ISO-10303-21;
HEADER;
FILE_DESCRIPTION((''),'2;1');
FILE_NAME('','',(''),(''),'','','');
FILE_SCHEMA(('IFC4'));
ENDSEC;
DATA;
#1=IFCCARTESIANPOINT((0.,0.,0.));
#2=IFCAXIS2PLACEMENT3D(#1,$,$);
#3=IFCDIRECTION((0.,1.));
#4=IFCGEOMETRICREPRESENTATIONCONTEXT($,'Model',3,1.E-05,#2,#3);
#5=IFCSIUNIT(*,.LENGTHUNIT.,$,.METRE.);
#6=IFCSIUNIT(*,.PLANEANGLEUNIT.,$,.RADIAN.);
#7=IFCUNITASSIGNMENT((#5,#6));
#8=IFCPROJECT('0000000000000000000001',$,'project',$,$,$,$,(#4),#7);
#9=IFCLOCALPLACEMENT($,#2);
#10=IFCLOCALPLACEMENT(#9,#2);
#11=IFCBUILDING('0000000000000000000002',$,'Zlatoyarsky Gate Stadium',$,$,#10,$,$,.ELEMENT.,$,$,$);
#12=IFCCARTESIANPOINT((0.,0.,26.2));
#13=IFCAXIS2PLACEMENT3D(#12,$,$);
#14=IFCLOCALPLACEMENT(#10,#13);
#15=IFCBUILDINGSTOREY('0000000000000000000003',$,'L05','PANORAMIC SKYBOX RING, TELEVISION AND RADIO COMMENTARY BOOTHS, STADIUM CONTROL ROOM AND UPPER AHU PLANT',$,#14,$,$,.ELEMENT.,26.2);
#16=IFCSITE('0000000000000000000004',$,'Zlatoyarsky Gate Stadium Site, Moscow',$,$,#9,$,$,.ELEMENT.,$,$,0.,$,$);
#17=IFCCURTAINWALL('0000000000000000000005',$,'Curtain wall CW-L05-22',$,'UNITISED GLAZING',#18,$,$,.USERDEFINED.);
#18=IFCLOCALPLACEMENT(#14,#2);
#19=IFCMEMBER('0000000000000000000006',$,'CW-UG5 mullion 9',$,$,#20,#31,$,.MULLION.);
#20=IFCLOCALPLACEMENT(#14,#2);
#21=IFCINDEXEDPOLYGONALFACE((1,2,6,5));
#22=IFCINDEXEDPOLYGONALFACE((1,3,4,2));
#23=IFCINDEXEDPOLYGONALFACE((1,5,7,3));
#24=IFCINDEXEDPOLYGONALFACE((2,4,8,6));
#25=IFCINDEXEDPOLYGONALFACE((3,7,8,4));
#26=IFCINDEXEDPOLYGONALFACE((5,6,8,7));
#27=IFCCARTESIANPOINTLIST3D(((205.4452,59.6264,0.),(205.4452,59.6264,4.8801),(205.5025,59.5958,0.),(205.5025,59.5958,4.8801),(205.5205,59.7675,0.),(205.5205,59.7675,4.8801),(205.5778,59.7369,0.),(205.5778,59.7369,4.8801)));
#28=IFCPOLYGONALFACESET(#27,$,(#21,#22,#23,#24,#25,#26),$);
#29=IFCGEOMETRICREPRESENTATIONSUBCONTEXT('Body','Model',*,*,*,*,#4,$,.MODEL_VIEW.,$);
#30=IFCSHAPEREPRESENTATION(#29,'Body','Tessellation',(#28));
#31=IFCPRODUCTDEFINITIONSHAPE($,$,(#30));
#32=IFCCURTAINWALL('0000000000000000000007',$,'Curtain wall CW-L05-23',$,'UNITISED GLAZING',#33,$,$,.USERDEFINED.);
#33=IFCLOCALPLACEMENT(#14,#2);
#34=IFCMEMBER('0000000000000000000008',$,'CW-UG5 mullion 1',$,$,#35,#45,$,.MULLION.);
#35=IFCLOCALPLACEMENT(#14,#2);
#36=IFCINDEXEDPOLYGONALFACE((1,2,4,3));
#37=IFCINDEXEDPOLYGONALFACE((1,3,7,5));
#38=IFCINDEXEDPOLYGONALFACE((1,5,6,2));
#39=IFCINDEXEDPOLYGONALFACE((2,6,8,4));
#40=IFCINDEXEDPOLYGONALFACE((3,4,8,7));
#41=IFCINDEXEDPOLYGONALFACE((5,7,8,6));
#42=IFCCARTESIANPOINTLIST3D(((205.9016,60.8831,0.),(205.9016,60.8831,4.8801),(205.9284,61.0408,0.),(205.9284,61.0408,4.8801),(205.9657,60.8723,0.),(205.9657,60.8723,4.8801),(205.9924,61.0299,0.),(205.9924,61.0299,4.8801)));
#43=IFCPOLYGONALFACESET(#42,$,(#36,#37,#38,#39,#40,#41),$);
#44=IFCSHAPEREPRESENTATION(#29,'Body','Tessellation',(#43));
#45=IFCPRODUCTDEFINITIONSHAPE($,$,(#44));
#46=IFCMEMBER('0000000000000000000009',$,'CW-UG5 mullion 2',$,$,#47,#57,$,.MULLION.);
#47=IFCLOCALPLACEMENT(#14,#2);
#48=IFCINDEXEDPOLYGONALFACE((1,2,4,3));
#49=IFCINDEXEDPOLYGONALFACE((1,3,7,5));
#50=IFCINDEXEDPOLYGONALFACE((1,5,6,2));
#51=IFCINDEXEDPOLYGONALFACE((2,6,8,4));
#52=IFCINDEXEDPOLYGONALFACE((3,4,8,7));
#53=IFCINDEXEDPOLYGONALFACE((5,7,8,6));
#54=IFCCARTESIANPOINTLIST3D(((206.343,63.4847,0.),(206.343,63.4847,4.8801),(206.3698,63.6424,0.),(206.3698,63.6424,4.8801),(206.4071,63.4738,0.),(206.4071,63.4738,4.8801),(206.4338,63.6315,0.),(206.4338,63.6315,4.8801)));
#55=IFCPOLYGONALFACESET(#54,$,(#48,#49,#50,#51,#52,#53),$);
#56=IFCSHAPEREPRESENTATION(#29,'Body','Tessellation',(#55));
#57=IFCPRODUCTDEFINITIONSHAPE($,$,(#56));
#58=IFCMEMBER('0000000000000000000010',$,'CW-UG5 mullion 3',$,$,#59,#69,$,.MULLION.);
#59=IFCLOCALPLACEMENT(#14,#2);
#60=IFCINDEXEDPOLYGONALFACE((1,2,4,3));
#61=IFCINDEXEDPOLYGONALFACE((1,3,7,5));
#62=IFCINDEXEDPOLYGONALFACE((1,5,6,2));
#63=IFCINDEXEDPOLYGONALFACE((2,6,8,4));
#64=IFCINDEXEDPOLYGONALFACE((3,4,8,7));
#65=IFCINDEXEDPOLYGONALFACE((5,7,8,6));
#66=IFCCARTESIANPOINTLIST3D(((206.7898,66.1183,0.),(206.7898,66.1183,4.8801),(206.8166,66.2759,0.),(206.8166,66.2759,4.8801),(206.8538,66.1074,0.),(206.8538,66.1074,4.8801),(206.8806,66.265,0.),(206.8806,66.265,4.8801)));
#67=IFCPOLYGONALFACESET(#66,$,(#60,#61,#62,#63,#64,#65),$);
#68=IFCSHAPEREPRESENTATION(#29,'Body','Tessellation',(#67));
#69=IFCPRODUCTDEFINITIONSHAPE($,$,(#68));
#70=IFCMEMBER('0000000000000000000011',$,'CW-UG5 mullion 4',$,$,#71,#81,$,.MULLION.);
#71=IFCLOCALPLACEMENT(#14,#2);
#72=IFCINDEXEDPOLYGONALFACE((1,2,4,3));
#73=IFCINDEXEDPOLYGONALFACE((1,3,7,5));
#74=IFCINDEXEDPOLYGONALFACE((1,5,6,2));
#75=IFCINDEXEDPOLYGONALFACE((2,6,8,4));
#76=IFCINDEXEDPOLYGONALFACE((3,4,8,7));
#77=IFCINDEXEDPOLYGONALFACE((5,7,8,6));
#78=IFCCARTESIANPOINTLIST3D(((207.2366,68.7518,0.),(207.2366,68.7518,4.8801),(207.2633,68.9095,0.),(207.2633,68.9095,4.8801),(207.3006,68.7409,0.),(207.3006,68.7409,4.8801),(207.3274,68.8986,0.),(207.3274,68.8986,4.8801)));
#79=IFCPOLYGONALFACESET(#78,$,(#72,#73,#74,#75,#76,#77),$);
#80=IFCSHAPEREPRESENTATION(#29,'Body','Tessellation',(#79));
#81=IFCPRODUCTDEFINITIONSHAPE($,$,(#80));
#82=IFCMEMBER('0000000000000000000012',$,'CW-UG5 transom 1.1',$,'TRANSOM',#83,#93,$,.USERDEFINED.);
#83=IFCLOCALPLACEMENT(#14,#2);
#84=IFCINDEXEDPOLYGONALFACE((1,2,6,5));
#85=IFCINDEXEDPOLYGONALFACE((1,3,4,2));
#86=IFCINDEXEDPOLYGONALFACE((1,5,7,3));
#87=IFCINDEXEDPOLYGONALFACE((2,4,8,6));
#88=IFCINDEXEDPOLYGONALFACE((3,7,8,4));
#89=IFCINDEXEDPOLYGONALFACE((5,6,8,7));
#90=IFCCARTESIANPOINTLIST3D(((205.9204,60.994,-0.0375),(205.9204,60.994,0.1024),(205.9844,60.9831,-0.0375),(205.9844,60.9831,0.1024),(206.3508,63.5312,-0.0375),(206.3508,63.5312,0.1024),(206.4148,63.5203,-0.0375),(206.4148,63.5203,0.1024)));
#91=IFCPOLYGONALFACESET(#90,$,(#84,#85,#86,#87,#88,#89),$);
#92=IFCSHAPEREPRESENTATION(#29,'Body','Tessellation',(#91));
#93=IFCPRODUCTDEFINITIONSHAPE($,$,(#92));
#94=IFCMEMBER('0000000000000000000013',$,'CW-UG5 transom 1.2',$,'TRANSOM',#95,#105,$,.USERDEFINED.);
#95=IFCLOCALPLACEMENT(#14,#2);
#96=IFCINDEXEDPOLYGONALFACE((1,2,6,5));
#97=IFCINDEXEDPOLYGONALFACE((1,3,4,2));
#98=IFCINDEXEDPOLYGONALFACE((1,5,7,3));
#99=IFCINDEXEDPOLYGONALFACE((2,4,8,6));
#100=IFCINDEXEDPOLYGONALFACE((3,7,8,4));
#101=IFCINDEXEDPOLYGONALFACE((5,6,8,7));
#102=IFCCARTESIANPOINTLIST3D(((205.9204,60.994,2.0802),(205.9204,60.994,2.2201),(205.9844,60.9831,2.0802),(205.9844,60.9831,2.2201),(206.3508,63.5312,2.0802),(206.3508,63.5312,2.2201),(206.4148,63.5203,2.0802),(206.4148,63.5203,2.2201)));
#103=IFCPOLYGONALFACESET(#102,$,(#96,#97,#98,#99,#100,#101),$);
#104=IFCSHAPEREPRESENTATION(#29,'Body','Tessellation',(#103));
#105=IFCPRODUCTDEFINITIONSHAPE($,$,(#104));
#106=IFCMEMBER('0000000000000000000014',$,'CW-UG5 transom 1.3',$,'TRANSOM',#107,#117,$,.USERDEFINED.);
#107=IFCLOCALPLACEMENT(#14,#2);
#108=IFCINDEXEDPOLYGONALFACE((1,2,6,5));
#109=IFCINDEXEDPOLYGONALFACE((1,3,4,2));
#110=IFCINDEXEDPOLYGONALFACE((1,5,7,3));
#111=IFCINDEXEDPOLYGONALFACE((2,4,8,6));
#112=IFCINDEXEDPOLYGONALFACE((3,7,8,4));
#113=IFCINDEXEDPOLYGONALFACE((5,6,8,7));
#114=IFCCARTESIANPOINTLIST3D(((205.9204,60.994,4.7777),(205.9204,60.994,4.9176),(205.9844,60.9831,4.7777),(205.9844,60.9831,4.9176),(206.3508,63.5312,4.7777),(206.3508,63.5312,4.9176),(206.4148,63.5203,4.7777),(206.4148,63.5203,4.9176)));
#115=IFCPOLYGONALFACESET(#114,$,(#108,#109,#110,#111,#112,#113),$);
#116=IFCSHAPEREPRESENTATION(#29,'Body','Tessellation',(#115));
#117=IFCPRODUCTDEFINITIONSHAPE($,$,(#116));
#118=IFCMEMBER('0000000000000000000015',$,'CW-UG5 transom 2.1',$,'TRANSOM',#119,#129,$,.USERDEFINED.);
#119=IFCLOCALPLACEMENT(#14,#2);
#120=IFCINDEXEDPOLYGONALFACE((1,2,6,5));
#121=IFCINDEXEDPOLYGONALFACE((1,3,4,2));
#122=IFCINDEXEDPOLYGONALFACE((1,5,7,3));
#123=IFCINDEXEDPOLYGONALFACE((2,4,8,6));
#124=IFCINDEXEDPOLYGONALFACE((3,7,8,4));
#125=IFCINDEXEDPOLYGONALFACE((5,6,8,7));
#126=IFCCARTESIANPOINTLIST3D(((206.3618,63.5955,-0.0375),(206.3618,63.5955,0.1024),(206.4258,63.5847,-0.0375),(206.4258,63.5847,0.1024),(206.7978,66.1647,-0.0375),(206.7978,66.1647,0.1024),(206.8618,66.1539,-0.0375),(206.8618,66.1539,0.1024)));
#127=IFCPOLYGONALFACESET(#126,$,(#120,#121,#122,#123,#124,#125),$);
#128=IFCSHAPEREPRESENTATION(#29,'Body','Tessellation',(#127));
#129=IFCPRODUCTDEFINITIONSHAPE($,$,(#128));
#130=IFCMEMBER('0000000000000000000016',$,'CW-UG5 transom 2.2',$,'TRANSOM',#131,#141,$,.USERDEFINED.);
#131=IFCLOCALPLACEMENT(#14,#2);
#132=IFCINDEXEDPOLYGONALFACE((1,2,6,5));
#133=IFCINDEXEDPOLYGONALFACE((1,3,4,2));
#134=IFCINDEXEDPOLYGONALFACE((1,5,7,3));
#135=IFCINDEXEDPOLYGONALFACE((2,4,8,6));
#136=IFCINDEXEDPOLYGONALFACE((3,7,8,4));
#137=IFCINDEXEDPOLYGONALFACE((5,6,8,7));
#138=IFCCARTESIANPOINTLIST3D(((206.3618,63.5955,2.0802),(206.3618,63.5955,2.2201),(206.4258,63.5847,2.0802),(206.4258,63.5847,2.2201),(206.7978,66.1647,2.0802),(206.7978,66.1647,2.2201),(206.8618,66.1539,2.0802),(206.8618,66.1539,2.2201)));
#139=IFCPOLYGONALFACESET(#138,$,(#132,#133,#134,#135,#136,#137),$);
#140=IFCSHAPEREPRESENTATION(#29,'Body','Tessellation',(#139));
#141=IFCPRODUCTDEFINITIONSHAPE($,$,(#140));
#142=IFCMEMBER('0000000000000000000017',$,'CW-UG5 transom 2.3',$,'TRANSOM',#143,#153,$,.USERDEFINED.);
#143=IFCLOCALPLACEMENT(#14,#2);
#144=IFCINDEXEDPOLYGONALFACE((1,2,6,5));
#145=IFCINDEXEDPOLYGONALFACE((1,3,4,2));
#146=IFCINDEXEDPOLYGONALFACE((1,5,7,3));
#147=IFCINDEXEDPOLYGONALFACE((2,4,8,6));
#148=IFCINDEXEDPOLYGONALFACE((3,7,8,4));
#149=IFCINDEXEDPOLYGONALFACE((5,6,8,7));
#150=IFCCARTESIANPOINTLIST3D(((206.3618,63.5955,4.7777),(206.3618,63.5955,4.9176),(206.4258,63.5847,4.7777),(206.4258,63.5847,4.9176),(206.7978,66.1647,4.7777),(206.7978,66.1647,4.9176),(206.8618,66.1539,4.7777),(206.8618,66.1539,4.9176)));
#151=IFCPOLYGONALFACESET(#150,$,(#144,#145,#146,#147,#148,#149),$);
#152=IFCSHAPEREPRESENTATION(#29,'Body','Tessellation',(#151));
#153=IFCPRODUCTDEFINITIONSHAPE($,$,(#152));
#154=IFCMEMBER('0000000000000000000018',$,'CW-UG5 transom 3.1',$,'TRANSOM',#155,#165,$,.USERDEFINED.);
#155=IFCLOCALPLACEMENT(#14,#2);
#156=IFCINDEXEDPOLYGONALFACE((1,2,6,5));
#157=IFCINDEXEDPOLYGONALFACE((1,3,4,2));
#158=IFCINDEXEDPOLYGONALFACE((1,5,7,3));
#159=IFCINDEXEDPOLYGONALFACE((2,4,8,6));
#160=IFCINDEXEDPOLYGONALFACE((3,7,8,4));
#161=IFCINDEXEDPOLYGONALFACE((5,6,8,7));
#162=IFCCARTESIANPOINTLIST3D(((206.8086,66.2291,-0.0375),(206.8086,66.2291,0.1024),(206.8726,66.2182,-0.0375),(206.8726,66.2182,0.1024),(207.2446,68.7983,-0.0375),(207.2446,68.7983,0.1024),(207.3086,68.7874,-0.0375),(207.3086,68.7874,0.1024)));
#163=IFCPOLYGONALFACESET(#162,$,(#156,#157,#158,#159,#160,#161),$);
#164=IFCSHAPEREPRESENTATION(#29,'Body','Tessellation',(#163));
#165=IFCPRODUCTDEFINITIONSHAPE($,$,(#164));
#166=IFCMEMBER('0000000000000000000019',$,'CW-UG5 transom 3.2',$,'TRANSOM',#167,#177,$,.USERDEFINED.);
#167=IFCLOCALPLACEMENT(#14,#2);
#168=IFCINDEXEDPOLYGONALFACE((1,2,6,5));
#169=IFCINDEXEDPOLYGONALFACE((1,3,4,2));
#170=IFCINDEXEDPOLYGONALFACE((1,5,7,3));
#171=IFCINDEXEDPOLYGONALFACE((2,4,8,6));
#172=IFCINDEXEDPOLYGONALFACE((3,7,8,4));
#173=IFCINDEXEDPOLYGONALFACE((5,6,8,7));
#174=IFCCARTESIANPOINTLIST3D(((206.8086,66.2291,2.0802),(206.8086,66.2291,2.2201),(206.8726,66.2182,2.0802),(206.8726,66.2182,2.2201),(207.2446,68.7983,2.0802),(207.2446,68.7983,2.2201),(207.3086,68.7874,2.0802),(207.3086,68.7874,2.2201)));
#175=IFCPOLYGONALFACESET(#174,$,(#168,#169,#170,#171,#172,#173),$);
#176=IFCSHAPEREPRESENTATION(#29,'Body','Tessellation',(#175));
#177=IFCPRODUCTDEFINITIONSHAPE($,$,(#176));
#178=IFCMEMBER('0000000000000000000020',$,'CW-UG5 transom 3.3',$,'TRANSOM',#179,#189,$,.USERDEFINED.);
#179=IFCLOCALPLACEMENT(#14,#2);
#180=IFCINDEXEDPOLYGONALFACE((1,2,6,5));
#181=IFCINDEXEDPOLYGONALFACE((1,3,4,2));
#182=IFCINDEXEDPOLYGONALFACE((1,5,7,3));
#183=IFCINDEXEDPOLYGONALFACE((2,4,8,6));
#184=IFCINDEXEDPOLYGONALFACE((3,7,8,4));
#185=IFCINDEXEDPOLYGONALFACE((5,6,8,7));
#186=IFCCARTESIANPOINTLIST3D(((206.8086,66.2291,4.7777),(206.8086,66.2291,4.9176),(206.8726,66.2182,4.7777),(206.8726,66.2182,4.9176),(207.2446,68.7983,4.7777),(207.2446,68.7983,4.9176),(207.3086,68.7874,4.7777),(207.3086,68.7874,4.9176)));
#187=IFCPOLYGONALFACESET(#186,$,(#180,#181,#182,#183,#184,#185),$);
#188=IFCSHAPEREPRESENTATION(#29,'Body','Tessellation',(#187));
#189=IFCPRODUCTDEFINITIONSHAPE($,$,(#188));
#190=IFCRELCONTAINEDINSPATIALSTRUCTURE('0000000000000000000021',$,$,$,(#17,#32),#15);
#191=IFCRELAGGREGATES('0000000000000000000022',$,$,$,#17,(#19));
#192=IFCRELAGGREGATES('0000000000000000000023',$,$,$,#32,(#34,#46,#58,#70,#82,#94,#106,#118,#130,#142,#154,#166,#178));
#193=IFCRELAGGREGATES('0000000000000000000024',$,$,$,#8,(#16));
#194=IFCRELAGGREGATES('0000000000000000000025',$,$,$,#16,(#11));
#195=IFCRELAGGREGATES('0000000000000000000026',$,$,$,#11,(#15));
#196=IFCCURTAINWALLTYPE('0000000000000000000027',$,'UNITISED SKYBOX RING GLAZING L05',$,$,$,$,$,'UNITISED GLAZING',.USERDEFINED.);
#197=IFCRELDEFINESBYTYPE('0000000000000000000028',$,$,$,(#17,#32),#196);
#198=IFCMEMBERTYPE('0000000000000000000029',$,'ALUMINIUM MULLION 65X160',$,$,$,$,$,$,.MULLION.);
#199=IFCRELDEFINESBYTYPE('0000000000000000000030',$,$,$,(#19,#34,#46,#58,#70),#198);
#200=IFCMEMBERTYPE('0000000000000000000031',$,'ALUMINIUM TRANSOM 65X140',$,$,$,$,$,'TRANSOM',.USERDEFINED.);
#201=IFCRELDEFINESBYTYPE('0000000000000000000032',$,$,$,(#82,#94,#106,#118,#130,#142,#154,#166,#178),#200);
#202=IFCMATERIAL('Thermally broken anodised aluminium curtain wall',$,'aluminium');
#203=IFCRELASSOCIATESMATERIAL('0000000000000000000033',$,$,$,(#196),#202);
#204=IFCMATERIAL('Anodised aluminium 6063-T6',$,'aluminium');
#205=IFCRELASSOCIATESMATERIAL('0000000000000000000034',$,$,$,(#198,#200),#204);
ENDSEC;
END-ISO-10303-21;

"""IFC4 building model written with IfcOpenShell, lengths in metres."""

from ifc_helpers import new_model, si_unit, direction, frame, origin, origin_2d, place, context, subcontext, project, spatial, rectangle, extrude, material, material_profile, profile_set, type_object, element, aggregate, save


model = new_model("IFC4")

# Units and contexts
model_context = context("Model", 3, precision=1e-05, world=origin(), true_north=direction((0.0, 1.0)))
body_context = subcontext(model_context, "Body", "Model", "MODEL_VIEW")
ifc_project = project(units=[si_unit("LENGTHUNIT", "METRE"), si_unit("PLANEANGLEUNIT", "RADIAN")], contexts=[model_context])

# Site, building, storey
site_placement = place(None, origin())
site = spatial("IfcSite", under=ifc_project, at=site_placement, Name="Zlatoyarsky Gate Stadium Site, Moscow", CompositionType="ELEMENT", RefElevation=0.0)
building_placement = place(site_placement, origin())
building = spatial("IfcBuilding", under=site, at=building_placement, Name="Zlatoyarsky Gate Stadium", CompositionType="ELEMENT")
storey_placement = place(building_placement, frame((0.0, 0.0, 26.2)))
storey = spatial("IfcBuildingStorey", under=building, at=storey_placement, Name="L05", Description="PANORAMIC SKYBOX RING, TELEVISION AND RADIO COMMENTARY BOOTHS, STADIUM CONTROL ROOM AND UPPER AHU PLANT", CompositionType="ELEMENT", Elevation=26.2)

# Curtain wall, member
ifc_material_1 = material(Name="Thermally broken anodised aluminium curtain wall", Category="aluminium")
curtain_wall_type = type_object("IfcCurtainWallType", Name="UNITISED SKYBOX RING GLAZING L05", ElementType="UNITISED GLAZING", PredefinedType="USERDEFINED", material=ifc_material_1)
curtain_wall_1_placement = place(storey_placement, origin())
curtain_wall_1 = element("IfcCurtainWall", 1, at=curtain_wall_1_placement, inside=storey, type_object=curtain_wall_type, Name="Curtain wall CW-L05-22", ObjectType="UNITISED GLAZING", PredefinedType="USERDEFINED")
ifc_material_2 = material(Name="Anodised aluminium 6063-T6", Category="aluminium")
ifc_material_profile_1 = material_profile(ifc_material_2, rectangle(XDim=0.0649, YDim=0.1599, at=origin_2d()), Name="ALU 65X160")
ifc_profile_set_1 = profile_set([ifc_material_profile_1], Name="Anodised aluminium 6063-T6")
member_type_1 = type_object("IfcMemberType", Name="ALUMINIUM MULLION 65X160", PredefinedType="MULLION", material=ifc_profile_set_1)
member_1_placement = place(storey_placement, frame((205.5115, 59.6816, 0.0), z_axis=(0.0, 0.0, 1.0), x_axis=(-0.882168, 0.470935, 0.0)))
member_1 = element("IfcMember", 2, at=member_1_placement, type_object=member_type_1, Name="CW-UG5 mullion 9", PredefinedType="MULLION", context=body_context, shape_type="SweptSolid", body=[
    extrude(rectangle(XDim=0.0649, YDim=0.1599, at=origin_2d()), origin(), (0.0, 0.0, 1.0), 4.8801),
])

# Curtain wall, members
curtain_wall_2_placement = place(storey_placement, origin())
curtain_wall_2 = element("IfcCurtainWall", 3, at=curtain_wall_2_placement, inside=storey, type_object=curtain_wall_type, Name="Curtain wall CW-L05-23", ObjectType="UNITISED GLAZING", PredefinedType="USERDEFINED")
member_2_placement = place(storey_placement, frame((205.947, 60.9565, 0.0), z_axis=(0.0, 0.0, 1.0), x_axis=(-0.985909, 0.167284, 0.0)))
member_2 = element("IfcMember", 4, at=member_2_placement, type_object=member_type_1, Name="CW-UG5 mullion 1", PredefinedType="MULLION", context=body_context, shape_type="SweptSolid", body=[
    extrude(rectangle(XDim=0.0649, YDim=0.1599, at=origin_2d()), origin(), (0.0, 0.0, 1.0), 4.8801),
])
member_3_placement = place(storey_placement, frame((206.3884, 63.5581, 0.0), z_axis=(0.0, 0.0, 1.0), x_axis=(-0.985909, 0.167284, 0.0)))
member_3 = element("IfcMember", 5, at=member_3_placement, type_object=member_type_1, Name="CW-UG5 mullion 2", PredefinedType="MULLION", context=body_context, shape_type="SweptSolid", body=[
    extrude(rectangle(XDim=0.0649, YDim=0.1599, at=origin_2d()), origin(), (0.0, 0.0, 1.0), 4.8801),
])
member_4_placement = place(storey_placement, frame((206.8352, 66.1917, 0.0), z_axis=(0.0, 0.0, 1.0), x_axis=(-0.985909, 0.167284, 0.0)))
member_4 = element("IfcMember", 6, at=member_4_placement, type_object=member_type_1, Name="CW-UG5 mullion 3", PredefinedType="MULLION", context=body_context, shape_type="SweptSolid", body=[
    extrude(rectangle(XDim=0.0649, YDim=0.1599, at=origin_2d()), origin(), (0.0, 0.0, 1.0), 4.8801),
])
member_5_placement = place(storey_placement, frame((207.282, 68.8252, 0.0), z_axis=(0.0, 0.0, 1.0), x_axis=(-0.985909, 0.167284, 0.0)))
member_5 = element("IfcMember", 7, at=member_5_placement, type_object=member_type_1, Name="CW-UG5 mullion 4", PredefinedType="MULLION", context=body_context, shape_type="SweptSolid", body=[
    extrude(rectangle(XDim=0.0649, YDim=0.1599, at=origin_2d()), origin(), (0.0, 0.0, 1.0), 4.8801),
])
ifc_material_profile_2 = material_profile(ifc_material_2, rectangle(XDim=0.0649, YDim=0.1399, at=origin_2d()), Name="ALU 65X140")
ifc_profile_set_2 = profile_set([ifc_material_profile_2], Name="Anodised aluminium 6063-T6")
member_type_2 = type_object("IfcMemberType", Name="ALUMINIUM TRANSOM 65X140", ElementType="TRANSOM", PredefinedType="USERDEFINED", material=ifc_profile_set_2)
member_6_placement = place(storey_placement, frame((205.9524, 60.9885, 0.0325), z_axis=(0.167244, 0.985916, 0.0), x_axis=(-0.985916, 0.167244, 0.0)))
member_6 = element("IfcMember", 8, at=member_6_placement, type_object=member_type_2, Name="CW-UG5 transom 1.1", ObjectType="TRANSOM", PredefinedType="USERDEFINED", context=body_context, shape_type="SweptSolid", body=[
    extrude(rectangle(XDim=0.0649, YDim=0.1399, at=origin_2d()), origin(), (0.0, 0.0, 1.0), 2.5735),
])
member_7_placement = place(storey_placement, frame((205.9524, 60.9885, 2.1501), z_axis=(0.167244, 0.985916, 0.0), x_axis=(-0.985916, 0.167244, 0.0)))
member_7 = element("IfcMember", 9, at=member_7_placement, type_object=member_type_2, Name="CW-UG5 transom 1.2", ObjectType="TRANSOM", PredefinedType="USERDEFINED", context=body_context, shape_type="SweptSolid", body=[
    extrude(rectangle(XDim=0.0649, YDim=0.1399, at=origin_2d()), origin(), (0.0, 0.0, 1.0), 2.5735),
])
member_8_placement = place(storey_placement, frame((205.9524, 60.9885, 4.8477), z_axis=(0.167244, 0.985916, 0.0), x_axis=(-0.985916, 0.167244, 0.0)))
member_8 = element("IfcMember", 10, at=member_8_placement, type_object=member_type_2, Name="CW-UG5 transom 1.3", ObjectType="TRANSOM", PredefinedType="USERDEFINED", context=body_context, shape_type="SweptSolid", body=[
    extrude(rectangle(XDim=0.0649, YDim=0.1399, at=origin_2d()), origin(), (0.0, 0.0, 1.0), 2.5735),
])
member_9_placement = place(storey_placement, frame((206.3938, 63.5901, 0.0325), z_axis=(0.167315, 0.985903, 0.0), x_axis=(-0.985903, 0.167315, 0.0)))
member_9 = element("IfcMember", 11, at=member_9_placement, type_object=member_type_2, Name="CW-UG5 transom 2.1", ObjectType="TRANSOM", PredefinedType="USERDEFINED", context=body_context, shape_type="SweptSolid", body=[
    extrude(rectangle(XDim=0.0649, YDim=0.1399, at=origin_2d()), origin(), (0.0, 0.0, 1.0), 2.606),
])
member_10_placement = place(storey_placement, frame((206.3938, 63.5901, 2.1501), z_axis=(0.167315, 0.985903, 0.0), x_axis=(-0.985903, 0.167315, 0.0)))
member_10 = element("IfcMember", 12, at=member_10_placement, type_object=member_type_2, Name="CW-UG5 transom 2.2", ObjectType="TRANSOM", PredefinedType="USERDEFINED", context=body_context, shape_type="SweptSolid", body=[
    extrude(rectangle(XDim=0.0649, YDim=0.1399, at=origin_2d()), origin(), (0.0, 0.0, 1.0), 2.606),
])
member_11_placement = place(storey_placement, frame((206.3938, 63.5901, 4.8477), z_axis=(0.167315, 0.985903, 0.0), x_axis=(-0.985903, 0.167315, 0.0)))
member_11 = element("IfcMember", 13, at=member_11_placement, type_object=member_type_2, Name="CW-UG5 transom 2.3", ObjectType="TRANSOM", PredefinedType="USERDEFINED", context=body_context, shape_type="SweptSolid", body=[
    extrude(rectangle(XDim=0.0649, YDim=0.1399, at=origin_2d()), origin(), (0.0, 0.0, 1.0), 2.606),
])
member_12_placement = place(storey_placement, frame((206.8406, 66.2236, 0.0325), z_axis=(0.167315, 0.985903, 0.0), x_axis=(-0.985903, 0.167315, 0.0)))
member_12 = element("IfcMember", 14, at=member_12_placement, type_object=member_type_2, Name="CW-UG5 transom 3.1", ObjectType="TRANSOM", PredefinedType="USERDEFINED", context=body_context, shape_type="SweptSolid", body=[
    extrude(rectangle(XDim=0.0649, YDim=0.1399, at=origin_2d()), origin(), (0.0, 0.0, 1.0), 2.606),
])
member_13_placement = place(storey_placement, frame((206.8406, 66.2236, 2.1501), z_axis=(0.167315, 0.985903, 0.0), x_axis=(-0.985903, 0.167315, 0.0)))
member_13 = element("IfcMember", 15, at=member_13_placement, type_object=member_type_2, Name="CW-UG5 transom 3.2", ObjectType="TRANSOM", PredefinedType="USERDEFINED", context=body_context, shape_type="SweptSolid", body=[
    extrude(rectangle(XDim=0.0649, YDim=0.1399, at=origin_2d()), origin(), (0.0, 0.0, 1.0), 2.606),
])
member_14_placement = place(storey_placement, frame((206.8406, 66.2236, 4.8477), z_axis=(0.167315, 0.985903, 0.0), x_axis=(-0.985903, 0.167315, 0.0)))
member_14 = element("IfcMember", 16, at=member_14_placement, type_object=member_type_2, Name="CW-UG5 transom 3.3", ObjectType="TRANSOM", PredefinedType="USERDEFINED", context=body_context, shape_type="SweptSolid", body=[
    extrude(rectangle(XDim=0.0649, YDim=0.1399, at=origin_2d()), origin(), (0.0, 0.0, 1.0), 2.606),
])

aggregate(curtain_wall_1, [member_1])
aggregate(curtain_wall_2, [member_2, member_3, member_4, member_5, member_6, member_7, member_8, member_9, member_10, member_11, member_12, member_13, member_14])

save(model, "model.ifc")
